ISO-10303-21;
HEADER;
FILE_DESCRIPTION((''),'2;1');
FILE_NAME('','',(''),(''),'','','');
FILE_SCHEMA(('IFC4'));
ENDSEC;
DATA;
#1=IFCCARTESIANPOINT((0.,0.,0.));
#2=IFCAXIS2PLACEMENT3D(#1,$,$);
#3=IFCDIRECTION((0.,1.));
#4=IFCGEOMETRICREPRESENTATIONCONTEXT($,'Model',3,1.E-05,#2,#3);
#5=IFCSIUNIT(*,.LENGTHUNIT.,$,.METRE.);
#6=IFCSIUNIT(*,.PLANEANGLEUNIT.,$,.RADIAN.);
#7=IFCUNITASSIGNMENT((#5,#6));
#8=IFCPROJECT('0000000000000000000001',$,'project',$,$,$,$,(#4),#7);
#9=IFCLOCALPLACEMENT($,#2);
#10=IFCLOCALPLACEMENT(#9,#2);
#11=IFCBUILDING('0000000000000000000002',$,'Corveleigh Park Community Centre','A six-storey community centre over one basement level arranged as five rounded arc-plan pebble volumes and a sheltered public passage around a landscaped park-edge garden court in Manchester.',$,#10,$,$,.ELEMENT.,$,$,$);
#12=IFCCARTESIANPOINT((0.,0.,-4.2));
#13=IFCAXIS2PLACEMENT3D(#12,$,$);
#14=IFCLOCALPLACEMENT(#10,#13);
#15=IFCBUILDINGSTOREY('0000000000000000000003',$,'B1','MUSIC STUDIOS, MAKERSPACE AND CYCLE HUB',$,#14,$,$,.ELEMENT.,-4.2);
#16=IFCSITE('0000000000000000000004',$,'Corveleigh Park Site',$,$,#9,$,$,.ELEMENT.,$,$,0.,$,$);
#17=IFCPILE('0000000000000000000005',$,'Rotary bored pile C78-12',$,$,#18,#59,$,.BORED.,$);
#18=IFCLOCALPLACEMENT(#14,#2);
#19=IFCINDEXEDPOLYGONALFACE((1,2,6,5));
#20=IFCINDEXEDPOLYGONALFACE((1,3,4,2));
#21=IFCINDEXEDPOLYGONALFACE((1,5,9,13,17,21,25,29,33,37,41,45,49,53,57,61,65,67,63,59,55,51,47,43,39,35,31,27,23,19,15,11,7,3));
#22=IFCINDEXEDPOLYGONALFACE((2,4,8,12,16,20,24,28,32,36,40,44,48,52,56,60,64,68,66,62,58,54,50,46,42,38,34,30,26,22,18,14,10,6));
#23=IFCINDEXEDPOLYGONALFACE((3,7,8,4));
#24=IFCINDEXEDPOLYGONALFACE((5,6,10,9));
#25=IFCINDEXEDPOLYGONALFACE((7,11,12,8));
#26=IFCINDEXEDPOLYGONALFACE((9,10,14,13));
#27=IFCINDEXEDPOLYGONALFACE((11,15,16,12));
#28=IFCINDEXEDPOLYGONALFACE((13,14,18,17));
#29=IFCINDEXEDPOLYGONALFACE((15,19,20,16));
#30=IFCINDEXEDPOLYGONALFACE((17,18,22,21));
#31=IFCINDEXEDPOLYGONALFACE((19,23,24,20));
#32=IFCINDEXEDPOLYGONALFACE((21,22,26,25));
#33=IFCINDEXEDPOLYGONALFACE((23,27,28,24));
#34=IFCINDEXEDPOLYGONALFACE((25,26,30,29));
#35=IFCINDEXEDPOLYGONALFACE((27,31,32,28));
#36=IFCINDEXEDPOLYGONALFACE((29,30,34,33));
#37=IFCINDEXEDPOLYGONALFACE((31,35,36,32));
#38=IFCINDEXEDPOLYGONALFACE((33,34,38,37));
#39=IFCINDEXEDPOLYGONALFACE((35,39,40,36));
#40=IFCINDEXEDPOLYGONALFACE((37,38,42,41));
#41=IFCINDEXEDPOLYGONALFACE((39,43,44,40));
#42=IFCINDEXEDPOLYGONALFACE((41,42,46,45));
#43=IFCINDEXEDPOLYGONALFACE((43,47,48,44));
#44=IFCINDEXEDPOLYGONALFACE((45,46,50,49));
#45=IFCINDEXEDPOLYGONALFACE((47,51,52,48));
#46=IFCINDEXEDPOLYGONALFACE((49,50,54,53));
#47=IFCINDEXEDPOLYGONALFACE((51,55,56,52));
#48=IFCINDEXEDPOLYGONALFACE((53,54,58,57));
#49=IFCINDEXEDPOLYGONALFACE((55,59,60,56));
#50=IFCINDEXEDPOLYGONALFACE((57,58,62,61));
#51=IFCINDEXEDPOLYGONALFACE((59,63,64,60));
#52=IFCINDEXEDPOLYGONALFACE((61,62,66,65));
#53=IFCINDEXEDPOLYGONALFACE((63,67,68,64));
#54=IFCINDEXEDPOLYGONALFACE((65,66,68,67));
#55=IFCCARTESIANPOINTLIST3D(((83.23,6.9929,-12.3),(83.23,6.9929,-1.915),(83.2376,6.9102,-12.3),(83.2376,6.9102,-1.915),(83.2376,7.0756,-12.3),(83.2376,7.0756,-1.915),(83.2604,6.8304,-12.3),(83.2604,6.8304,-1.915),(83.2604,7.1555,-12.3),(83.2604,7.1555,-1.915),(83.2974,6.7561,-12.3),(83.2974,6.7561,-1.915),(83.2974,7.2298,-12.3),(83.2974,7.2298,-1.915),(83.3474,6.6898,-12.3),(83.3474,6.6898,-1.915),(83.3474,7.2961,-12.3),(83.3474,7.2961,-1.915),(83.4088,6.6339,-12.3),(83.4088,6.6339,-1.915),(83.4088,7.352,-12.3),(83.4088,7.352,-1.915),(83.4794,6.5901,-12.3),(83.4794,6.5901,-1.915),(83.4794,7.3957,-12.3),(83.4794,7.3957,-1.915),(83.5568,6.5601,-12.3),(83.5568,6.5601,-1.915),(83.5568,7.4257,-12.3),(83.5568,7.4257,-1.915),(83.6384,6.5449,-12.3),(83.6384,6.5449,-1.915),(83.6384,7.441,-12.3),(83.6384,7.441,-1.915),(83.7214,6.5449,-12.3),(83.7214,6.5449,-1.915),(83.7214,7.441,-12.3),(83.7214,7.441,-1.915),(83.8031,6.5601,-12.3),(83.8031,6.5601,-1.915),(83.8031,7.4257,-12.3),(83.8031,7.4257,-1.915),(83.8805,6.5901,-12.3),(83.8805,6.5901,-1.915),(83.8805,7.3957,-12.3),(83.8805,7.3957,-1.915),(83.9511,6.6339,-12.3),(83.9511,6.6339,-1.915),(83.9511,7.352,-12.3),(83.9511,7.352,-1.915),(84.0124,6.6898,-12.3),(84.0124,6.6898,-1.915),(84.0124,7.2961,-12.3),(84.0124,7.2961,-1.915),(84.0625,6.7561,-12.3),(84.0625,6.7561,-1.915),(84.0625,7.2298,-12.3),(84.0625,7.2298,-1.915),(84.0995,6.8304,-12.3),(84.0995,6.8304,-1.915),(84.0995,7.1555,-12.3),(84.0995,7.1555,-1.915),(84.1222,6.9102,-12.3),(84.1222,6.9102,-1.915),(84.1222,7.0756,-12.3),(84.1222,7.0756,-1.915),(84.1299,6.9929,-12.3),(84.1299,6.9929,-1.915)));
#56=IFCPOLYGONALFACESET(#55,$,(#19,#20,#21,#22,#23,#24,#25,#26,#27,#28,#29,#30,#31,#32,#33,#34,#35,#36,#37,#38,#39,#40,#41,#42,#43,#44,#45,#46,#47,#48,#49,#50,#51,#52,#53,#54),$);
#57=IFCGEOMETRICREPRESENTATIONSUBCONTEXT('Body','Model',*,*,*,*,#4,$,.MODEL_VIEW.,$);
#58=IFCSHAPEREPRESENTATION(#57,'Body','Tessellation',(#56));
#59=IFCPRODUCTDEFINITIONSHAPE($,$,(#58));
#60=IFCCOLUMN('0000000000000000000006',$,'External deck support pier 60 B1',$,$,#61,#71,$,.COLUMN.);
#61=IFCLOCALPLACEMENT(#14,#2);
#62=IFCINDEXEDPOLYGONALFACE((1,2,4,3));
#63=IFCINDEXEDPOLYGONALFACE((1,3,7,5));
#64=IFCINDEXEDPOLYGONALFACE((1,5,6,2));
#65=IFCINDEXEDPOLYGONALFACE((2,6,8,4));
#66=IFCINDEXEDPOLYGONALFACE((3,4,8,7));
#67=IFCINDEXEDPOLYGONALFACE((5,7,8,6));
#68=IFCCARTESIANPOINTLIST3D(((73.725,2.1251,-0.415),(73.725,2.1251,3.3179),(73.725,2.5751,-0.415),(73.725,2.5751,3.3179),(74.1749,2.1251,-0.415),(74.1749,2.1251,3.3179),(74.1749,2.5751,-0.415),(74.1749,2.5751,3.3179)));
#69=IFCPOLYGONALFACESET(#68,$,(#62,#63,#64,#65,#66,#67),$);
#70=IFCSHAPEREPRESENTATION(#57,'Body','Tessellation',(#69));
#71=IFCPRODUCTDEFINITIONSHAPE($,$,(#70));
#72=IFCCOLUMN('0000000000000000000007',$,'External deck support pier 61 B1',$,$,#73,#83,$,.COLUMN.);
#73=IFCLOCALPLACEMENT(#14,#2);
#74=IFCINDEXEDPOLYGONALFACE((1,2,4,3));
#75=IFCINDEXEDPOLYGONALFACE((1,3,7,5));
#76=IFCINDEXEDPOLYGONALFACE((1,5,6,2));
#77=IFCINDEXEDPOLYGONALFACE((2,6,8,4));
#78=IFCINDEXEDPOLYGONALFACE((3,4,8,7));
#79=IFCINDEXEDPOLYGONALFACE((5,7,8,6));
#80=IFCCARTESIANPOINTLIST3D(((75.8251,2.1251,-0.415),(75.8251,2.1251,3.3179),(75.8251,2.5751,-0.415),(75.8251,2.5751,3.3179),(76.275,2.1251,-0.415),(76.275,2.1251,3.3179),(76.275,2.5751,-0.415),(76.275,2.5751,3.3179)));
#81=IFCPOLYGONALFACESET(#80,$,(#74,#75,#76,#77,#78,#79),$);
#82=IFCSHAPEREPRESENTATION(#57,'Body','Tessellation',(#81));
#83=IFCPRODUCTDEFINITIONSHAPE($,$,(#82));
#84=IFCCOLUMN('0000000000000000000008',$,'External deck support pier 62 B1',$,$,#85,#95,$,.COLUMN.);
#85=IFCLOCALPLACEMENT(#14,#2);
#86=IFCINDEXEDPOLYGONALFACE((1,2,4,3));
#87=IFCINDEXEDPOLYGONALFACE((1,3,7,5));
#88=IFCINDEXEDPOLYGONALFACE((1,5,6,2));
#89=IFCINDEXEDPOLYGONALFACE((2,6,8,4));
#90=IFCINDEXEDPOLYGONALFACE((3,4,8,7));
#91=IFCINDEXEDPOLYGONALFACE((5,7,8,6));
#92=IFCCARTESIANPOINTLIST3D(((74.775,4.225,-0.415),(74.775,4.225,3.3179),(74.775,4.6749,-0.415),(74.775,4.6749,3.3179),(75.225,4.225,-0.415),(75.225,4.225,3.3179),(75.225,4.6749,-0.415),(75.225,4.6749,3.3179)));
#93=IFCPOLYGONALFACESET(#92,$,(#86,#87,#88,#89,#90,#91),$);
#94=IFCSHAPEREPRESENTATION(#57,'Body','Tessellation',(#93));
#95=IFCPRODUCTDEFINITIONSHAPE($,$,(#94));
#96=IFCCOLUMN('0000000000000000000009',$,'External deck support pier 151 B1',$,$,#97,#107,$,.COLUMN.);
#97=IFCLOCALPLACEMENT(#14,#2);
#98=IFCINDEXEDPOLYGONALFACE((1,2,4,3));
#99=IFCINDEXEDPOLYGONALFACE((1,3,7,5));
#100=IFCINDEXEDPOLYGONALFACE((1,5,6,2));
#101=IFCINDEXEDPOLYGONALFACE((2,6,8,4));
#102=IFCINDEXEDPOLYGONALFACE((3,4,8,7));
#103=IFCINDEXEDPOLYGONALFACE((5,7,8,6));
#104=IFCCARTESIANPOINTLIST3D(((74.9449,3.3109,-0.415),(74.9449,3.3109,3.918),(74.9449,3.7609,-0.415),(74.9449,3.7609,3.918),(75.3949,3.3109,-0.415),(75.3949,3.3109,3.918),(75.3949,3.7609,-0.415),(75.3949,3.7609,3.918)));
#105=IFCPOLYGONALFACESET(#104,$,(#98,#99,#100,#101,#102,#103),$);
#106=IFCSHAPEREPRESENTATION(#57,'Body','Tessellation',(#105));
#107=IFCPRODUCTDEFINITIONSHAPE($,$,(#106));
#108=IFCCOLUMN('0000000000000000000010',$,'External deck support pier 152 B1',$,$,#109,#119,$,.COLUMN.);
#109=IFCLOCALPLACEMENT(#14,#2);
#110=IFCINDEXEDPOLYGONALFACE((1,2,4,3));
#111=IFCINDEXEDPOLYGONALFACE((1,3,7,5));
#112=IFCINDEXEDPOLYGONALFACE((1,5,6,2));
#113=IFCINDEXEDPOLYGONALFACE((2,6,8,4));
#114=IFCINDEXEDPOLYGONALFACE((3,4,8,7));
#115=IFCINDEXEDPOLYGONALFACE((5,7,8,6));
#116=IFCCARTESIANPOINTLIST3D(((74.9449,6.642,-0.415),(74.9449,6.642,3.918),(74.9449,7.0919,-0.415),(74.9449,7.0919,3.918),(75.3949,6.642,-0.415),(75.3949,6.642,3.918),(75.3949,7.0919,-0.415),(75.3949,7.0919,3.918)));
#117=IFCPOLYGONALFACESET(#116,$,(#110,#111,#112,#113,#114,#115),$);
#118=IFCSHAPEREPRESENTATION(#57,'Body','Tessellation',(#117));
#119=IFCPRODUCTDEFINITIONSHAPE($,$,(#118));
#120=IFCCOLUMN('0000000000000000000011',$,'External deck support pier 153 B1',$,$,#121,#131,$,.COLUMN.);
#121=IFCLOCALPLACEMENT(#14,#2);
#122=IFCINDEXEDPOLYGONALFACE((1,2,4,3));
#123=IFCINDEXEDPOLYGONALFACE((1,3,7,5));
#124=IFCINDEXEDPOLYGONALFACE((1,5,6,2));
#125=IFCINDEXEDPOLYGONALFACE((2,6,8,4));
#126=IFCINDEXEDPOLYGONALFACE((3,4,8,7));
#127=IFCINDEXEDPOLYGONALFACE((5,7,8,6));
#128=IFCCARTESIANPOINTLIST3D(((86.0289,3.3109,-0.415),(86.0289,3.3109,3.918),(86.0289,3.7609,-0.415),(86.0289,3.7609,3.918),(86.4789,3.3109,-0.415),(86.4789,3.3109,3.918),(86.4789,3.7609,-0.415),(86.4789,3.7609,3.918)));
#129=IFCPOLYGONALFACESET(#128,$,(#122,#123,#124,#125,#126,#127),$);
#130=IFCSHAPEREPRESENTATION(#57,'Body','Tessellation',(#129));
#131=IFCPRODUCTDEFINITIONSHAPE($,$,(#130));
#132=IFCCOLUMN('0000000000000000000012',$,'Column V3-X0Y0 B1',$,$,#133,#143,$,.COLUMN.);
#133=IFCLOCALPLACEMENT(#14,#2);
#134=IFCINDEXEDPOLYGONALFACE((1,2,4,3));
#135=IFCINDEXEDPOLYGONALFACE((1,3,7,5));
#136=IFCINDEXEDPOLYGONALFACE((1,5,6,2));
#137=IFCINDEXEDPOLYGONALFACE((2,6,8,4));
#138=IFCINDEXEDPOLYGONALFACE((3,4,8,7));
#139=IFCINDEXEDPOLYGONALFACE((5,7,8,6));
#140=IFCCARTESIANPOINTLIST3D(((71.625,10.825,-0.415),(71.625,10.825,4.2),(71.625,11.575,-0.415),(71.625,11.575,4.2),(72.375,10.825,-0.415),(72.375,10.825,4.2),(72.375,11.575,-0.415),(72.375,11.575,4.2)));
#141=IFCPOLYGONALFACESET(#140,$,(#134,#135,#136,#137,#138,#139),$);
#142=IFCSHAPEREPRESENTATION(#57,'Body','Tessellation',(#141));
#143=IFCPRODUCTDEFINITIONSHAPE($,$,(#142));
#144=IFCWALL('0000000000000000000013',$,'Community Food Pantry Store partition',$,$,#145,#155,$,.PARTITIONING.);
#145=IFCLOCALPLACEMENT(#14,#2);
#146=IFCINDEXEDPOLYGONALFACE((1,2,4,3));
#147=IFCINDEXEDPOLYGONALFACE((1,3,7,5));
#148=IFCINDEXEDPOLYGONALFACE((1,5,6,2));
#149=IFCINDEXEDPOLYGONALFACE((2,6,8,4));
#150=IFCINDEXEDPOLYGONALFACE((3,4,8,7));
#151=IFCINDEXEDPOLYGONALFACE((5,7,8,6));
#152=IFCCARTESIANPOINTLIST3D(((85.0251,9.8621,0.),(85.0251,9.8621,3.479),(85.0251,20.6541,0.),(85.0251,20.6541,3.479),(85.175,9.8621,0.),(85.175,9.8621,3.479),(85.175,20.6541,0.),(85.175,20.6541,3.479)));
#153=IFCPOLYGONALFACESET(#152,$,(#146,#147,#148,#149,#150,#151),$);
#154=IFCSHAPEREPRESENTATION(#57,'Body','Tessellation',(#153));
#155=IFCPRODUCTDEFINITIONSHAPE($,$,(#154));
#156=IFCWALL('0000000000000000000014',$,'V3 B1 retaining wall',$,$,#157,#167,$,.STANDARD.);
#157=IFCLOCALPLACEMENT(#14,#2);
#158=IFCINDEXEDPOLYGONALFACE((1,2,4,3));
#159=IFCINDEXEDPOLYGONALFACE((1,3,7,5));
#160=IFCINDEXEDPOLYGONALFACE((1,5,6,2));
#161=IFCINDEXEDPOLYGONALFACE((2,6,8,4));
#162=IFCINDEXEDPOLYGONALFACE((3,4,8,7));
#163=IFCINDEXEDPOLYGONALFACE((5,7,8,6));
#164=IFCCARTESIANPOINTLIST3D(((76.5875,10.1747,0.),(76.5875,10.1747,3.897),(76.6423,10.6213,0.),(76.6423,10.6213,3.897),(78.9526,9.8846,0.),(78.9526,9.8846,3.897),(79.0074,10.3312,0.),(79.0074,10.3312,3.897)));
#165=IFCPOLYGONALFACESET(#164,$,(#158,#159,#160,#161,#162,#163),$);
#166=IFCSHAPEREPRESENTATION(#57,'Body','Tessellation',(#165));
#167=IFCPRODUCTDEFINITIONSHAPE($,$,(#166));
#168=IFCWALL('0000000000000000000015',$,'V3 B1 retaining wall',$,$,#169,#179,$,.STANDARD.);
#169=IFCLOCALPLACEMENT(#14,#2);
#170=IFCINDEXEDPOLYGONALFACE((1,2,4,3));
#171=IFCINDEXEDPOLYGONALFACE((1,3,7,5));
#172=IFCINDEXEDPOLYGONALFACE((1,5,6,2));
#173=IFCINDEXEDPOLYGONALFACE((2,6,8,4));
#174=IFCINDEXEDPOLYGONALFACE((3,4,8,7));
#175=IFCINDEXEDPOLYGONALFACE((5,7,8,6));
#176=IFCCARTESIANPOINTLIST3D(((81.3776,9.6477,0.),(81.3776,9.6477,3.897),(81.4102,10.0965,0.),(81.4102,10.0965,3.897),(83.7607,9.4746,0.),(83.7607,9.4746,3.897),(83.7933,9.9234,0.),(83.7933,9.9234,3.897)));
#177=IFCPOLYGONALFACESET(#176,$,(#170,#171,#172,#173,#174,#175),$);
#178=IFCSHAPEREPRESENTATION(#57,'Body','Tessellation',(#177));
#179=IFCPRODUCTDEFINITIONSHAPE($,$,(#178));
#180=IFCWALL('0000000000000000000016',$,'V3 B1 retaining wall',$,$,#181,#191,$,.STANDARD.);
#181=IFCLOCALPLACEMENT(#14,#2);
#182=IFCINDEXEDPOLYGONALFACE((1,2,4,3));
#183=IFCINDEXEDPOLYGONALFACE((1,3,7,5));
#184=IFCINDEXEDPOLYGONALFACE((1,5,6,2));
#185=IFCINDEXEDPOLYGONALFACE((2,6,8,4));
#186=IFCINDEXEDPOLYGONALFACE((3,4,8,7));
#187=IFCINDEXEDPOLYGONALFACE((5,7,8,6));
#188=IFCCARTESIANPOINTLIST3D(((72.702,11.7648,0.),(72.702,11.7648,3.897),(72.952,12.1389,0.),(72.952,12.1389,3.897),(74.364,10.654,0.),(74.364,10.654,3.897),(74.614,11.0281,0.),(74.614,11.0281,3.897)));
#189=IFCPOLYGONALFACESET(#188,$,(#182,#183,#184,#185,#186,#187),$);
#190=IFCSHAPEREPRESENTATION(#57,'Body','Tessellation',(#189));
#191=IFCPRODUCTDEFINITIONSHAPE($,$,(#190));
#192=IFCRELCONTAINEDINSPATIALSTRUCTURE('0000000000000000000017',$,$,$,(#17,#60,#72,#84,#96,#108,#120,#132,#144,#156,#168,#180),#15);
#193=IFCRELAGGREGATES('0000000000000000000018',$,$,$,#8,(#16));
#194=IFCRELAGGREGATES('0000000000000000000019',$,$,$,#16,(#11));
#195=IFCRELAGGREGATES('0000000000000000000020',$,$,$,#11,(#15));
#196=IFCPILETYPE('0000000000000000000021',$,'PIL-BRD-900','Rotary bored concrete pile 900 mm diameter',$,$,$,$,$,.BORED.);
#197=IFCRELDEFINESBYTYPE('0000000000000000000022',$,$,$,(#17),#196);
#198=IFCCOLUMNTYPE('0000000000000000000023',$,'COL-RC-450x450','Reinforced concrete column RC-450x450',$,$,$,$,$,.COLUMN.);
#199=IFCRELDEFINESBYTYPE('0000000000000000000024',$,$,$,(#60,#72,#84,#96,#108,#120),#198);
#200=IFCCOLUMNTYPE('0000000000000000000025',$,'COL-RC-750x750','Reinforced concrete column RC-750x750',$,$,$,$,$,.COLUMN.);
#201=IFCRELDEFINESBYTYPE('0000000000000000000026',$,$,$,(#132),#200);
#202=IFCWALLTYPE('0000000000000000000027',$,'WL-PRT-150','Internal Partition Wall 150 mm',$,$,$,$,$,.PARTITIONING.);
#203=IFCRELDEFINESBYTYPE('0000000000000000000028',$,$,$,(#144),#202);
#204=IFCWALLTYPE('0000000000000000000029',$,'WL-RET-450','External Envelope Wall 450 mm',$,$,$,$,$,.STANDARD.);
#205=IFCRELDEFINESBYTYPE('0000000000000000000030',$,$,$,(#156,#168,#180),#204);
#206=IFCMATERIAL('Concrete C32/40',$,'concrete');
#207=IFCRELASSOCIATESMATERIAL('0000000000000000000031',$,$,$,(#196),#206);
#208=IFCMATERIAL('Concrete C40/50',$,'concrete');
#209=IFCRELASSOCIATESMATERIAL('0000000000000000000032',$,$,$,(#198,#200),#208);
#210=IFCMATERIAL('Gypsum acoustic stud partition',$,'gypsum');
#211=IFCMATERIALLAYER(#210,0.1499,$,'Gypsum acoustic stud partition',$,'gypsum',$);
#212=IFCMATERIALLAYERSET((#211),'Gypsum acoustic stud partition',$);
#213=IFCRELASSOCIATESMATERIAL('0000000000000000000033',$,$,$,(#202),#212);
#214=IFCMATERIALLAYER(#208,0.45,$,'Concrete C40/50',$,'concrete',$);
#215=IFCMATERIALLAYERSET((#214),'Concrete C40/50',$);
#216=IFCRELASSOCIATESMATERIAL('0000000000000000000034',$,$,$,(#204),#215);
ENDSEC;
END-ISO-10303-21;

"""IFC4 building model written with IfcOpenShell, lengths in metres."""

from ifc_helpers import new_model, si_unit, direction, frame, frame_2d, origin, origin_2d, place, context, subcontext, project, spatial, rectangle, circle, extrude, material, layer, layer_set, material_profile, profile_set, type_object, element, save


model = new_model("IFC4")

# Units and contexts
model_context = context("Model", 3, precision=1e-05, world=origin(), true_north=direction((0.0, 1.0)))
body_context = subcontext(model_context, "Body", "Model", "MODEL_VIEW")
ifc_project = project(units=[si_unit("LENGTHUNIT", "METRE"), si_unit("PLANEANGLEUNIT", "RADIAN")], contexts=[model_context])

# Site, building, storey
site_placement = place(None, origin())
site = spatial("IfcSite", under=ifc_project, at=site_placement, Name="Corveleigh Park Site", CompositionType="ELEMENT", RefElevation=0.0)
building_placement = place(site_placement, origin())
building = spatial("IfcBuilding", under=site, at=building_placement, Name="Corveleigh Park Community Centre", Description="A six-storey community centre over one basement level arranged as five rounded arc-plan pebble volumes and a sheltered public passage around a landscaped park-edge garden court in Manchester.", CompositionType="ELEMENT")
storey_placement = place(building_placement, frame((0.0, 0.0, -4.2)))
storey = spatial("IfcBuildingStorey", under=building, at=storey_placement, Name="B1", Description="MUSIC STUDIOS, MAKERSPACE AND CYCLE HUB", CompositionType="ELEMENT", Elevation=-4.2)

# Shared definitions
ifc_material_1 = material(Name="Concrete C40/50", Category="concrete")

# Pile
ifc_material_2 = material(Name="Concrete C32/40", Category="concrete")
ifc_material_profile_1 = material_profile(ifc_material_2, circle(Radius=0.45, at=origin_2d()), Name="BORED-PILE-900", Category="concrete")
ifc_profile_set_1 = profile_set([ifc_material_profile_1], Name="Concrete C32/40")
pile_type = type_object("IfcPileType", Name="PIL-BRD-900", Description="Rotary bored concrete pile 900 mm diameter", PredefinedType="BORED", material=ifc_profile_set_1)
for number, where, z_axis, x_axis, name in (
    (1, (83.6799, 6.9929, -1.915), (0.0, 0.0, -1.0), (1.0, 0.0, 0.0), "Rotary bored pile C78-12"),
):
    element("IfcPile", number, at=place(storey_placement, frame(where, z_axis=z_axis, x_axis=x_axis)), inside=storey, type_object=pile_type, Name=name, PredefinedType="BORED", context=body_context, shape_type="SweptSolid", body=[
        extrude(circle(Radius=0.45, at=origin_2d()), origin(), (0.0, 0.0, 1.0), 10.385),
    ])

# Columns
ifc_material_profile_2 = material_profile(ifc_material_1, rectangle(XDim=0.45, YDim=0.45, at=origin_2d()), Name="RC-450x450", Category="concrete")
ifc_profile_set_2 = profile_set([ifc_material_profile_2], Name="Concrete C40/50")
column_type_1 = type_object("IfcColumnType", Name="COL-RC-450x450", Description="Reinforced concrete column RC-450x450", PredefinedType="COLUMN", material=ifc_profile_set_2)
for number, where, z_axis, x_axis, name in (
    (2, (73.95, 2.3501, -0.415), (0.0, 0.0, 1.0), (1.0, 0.0, 0.0), "External deck support pier 60 B1"),
    (3, (76.05, 2.3501, -0.415), (0.0, 0.0, 1.0), (1.0, 0.0, 0.0), "External deck support pier 61 B1"),
    (4, (75.0, 4.45, -0.415), (0.0, 0.0, 1.0), (1.0, 0.0, 0.0), "External deck support pier 62 B1"),
):
    element("IfcColumn", number, at=place(storey_placement, frame(where, z_axis=z_axis, x_axis=x_axis)), inside=storey, type_object=column_type_1, Name=name, PredefinedType="COLUMN", context=body_context, shape_type="SweptSolid", body=[
        extrude(rectangle(XDim=0.45, YDim=0.45, at=origin_2d()), origin(), (0.0, 0.0, 1.0), 3.7329),
    ])
for number, where, z_axis, x_axis, name in (
    (5, (75.1699, 3.5359, -0.415), (0.0, 0.0, 1.0), (1.0, 0.0, 0.0), "External deck support pier 151 B1"),
    (6, (75.1699, 6.8669, -0.415), (0.0, 0.0, 1.0), (1.0, 0.0, 0.0), "External deck support pier 152 B1"),
    (7, (86.2539, 3.5359, -0.415), (0.0, 0.0, 1.0), (1.0, 0.0, 0.0), "External deck support pier 153 B1"),
):
    element("IfcColumn", number, at=place(storey_placement, frame(where, z_axis=z_axis, x_axis=x_axis)), inside=storey, type_object=column_type_1, Name=name, PredefinedType="COLUMN", context=body_context, shape_type="SweptSolid", body=[
        extrude(rectangle(XDim=0.45, YDim=0.45, at=origin_2d()), origin(), (0.0, 0.0, 1.0), 4.333),
    ])
ifc_material_profile_3 = material_profile(ifc_material_1, rectangle(XDim=0.75, YDim=0.75, at=origin_2d()), Name="RC-750x750", Category="concrete")
ifc_profile_set_3 = profile_set([ifc_material_profile_3], Name="Concrete C40/50")
column_type_2 = type_object("IfcColumnType", Name="COL-RC-750x750", Description="Reinforced concrete column RC-750x750", PredefinedType="COLUMN", material=ifc_profile_set_3)
column_placement = place(storey_placement, frame((72.0, 11.2, -0.415), z_axis=(0.0, 0.0, 1.0), x_axis=(1.0, 0.0, 0.0)))
element("IfcColumn", 8, at=column_placement, inside=storey, type_object=column_type_2, Name="Column V3-X0Y0 B1", PredefinedType="COLUMN", context=body_context, shape_type="SweptSolid", body=[
    extrude(rectangle(XDim=0.75, YDim=0.75, at=origin_2d()), origin(), (0.0, 0.0, 1.0), 4.615),
])

# Walls
ifc_material_3 = material(Name="Gypsum acoustic stud partition", Category="gypsum")
ifc_layer_1 = layer(ifc_material_3, 0.1499, Name="Gypsum acoustic stud partition", Category="gypsum")
ifc_layer_set_1 = layer_set([ifc_layer_1], Name="Gypsum acoustic stud partition")
wall_type_1 = type_object("IfcWallType", Name="WL-PRT-150", Description="Internal Partition Wall 150 mm", PredefinedType="PARTITIONING", material=ifc_layer_set_1)
wall_1_placement = place(storey_placement, frame((85.1001, 9.8621, 0.0), z_axis=(0.0, 0.0, 1.0), x_axis=(0.0, 1.0, 0.0)))
element("IfcWall", 9, at=wall_1_placement, inside=storey, type_object=wall_type_1, Name="Community Food Pantry Store partition", PredefinedType="PARTITIONING", context=body_context, shape_type="SweptSolid", body=[
    extrude(rectangle(XDim=10.792, YDim=0.1499, at=frame_2d((5.396, 0.0))), origin(), (0.0, 0.0, 1.0), 3.479),
])
ifc_layer_2 = layer(ifc_material_1, 0.45, Name="Concrete C40/50", Category="concrete")
ifc_layer_set_2 = layer_set([ifc_layer_2], Name="Concrete C40/50")
wall_type_2 = type_object("IfcWallType", Name="WL-RET-450", Description="External Envelope Wall 450 mm", PredefinedType="STANDARD", material=ifc_layer_set_2)
wall_2_placement = place(storey_placement, frame((78.98, 10.1079, 0.0), z_axis=(0.0, 0.0, 1.0), x_axis=(-0.992564, 0.121727, 0.0)))
element("IfcWall", 10, at=wall_2_placement, inside=storey, type_object=wall_type_2, Name="V3 B1 retaining wall", PredefinedType="STANDARD", context=body_context, shape_type="SweptSolid", body=[
    extrude(rectangle(XDim=2.3828, YDim=0.45, at=frame_2d((1.1914, 0.0))), origin(), (0.0, 0.0, 1.0), 3.897),
])
wall_3_placement = place(storey_placement, frame((83.7771, 9.699, 0.0), z_axis=(0.0, 0.0, 1.0), x_axis=(-0.997372, 0.072445, 0.0)))
element("IfcWall", 11, at=wall_3_placement, inside=storey, type_object=wall_type_2, Name="V3 B1 retaining wall", PredefinedType="STANDARD", context=body_context, shape_type="SweptSolid", body=[
    extrude(rectangle(XDim=2.3894, YDim=0.45, at=frame_2d((1.1948, 0.0))), origin(), (0.0, 0.0, 1.0), 3.897),
])
wall_4_placement = place(storey_placement, frame((74.489, 10.8411, 0.0), z_axis=(0.0, 0.0, 1.0), x_axis=(-0.831411, 0.555658, 0.0)))
element("IfcWall", 12, at=wall_4_placement, inside=storey, type_object=wall_type_2, Name="V3 B1 retaining wall", PredefinedType="STANDARD", context=body_context, shape_type="SweptSolid", body=[
    extrude(rectangle(XDim=1.999, YDim=0.45, at=frame_2d((0.9995, 0.0))), origin(), (0.0, 0.0, 1.0), 3.897),
])

save(model, "model.ifc")
